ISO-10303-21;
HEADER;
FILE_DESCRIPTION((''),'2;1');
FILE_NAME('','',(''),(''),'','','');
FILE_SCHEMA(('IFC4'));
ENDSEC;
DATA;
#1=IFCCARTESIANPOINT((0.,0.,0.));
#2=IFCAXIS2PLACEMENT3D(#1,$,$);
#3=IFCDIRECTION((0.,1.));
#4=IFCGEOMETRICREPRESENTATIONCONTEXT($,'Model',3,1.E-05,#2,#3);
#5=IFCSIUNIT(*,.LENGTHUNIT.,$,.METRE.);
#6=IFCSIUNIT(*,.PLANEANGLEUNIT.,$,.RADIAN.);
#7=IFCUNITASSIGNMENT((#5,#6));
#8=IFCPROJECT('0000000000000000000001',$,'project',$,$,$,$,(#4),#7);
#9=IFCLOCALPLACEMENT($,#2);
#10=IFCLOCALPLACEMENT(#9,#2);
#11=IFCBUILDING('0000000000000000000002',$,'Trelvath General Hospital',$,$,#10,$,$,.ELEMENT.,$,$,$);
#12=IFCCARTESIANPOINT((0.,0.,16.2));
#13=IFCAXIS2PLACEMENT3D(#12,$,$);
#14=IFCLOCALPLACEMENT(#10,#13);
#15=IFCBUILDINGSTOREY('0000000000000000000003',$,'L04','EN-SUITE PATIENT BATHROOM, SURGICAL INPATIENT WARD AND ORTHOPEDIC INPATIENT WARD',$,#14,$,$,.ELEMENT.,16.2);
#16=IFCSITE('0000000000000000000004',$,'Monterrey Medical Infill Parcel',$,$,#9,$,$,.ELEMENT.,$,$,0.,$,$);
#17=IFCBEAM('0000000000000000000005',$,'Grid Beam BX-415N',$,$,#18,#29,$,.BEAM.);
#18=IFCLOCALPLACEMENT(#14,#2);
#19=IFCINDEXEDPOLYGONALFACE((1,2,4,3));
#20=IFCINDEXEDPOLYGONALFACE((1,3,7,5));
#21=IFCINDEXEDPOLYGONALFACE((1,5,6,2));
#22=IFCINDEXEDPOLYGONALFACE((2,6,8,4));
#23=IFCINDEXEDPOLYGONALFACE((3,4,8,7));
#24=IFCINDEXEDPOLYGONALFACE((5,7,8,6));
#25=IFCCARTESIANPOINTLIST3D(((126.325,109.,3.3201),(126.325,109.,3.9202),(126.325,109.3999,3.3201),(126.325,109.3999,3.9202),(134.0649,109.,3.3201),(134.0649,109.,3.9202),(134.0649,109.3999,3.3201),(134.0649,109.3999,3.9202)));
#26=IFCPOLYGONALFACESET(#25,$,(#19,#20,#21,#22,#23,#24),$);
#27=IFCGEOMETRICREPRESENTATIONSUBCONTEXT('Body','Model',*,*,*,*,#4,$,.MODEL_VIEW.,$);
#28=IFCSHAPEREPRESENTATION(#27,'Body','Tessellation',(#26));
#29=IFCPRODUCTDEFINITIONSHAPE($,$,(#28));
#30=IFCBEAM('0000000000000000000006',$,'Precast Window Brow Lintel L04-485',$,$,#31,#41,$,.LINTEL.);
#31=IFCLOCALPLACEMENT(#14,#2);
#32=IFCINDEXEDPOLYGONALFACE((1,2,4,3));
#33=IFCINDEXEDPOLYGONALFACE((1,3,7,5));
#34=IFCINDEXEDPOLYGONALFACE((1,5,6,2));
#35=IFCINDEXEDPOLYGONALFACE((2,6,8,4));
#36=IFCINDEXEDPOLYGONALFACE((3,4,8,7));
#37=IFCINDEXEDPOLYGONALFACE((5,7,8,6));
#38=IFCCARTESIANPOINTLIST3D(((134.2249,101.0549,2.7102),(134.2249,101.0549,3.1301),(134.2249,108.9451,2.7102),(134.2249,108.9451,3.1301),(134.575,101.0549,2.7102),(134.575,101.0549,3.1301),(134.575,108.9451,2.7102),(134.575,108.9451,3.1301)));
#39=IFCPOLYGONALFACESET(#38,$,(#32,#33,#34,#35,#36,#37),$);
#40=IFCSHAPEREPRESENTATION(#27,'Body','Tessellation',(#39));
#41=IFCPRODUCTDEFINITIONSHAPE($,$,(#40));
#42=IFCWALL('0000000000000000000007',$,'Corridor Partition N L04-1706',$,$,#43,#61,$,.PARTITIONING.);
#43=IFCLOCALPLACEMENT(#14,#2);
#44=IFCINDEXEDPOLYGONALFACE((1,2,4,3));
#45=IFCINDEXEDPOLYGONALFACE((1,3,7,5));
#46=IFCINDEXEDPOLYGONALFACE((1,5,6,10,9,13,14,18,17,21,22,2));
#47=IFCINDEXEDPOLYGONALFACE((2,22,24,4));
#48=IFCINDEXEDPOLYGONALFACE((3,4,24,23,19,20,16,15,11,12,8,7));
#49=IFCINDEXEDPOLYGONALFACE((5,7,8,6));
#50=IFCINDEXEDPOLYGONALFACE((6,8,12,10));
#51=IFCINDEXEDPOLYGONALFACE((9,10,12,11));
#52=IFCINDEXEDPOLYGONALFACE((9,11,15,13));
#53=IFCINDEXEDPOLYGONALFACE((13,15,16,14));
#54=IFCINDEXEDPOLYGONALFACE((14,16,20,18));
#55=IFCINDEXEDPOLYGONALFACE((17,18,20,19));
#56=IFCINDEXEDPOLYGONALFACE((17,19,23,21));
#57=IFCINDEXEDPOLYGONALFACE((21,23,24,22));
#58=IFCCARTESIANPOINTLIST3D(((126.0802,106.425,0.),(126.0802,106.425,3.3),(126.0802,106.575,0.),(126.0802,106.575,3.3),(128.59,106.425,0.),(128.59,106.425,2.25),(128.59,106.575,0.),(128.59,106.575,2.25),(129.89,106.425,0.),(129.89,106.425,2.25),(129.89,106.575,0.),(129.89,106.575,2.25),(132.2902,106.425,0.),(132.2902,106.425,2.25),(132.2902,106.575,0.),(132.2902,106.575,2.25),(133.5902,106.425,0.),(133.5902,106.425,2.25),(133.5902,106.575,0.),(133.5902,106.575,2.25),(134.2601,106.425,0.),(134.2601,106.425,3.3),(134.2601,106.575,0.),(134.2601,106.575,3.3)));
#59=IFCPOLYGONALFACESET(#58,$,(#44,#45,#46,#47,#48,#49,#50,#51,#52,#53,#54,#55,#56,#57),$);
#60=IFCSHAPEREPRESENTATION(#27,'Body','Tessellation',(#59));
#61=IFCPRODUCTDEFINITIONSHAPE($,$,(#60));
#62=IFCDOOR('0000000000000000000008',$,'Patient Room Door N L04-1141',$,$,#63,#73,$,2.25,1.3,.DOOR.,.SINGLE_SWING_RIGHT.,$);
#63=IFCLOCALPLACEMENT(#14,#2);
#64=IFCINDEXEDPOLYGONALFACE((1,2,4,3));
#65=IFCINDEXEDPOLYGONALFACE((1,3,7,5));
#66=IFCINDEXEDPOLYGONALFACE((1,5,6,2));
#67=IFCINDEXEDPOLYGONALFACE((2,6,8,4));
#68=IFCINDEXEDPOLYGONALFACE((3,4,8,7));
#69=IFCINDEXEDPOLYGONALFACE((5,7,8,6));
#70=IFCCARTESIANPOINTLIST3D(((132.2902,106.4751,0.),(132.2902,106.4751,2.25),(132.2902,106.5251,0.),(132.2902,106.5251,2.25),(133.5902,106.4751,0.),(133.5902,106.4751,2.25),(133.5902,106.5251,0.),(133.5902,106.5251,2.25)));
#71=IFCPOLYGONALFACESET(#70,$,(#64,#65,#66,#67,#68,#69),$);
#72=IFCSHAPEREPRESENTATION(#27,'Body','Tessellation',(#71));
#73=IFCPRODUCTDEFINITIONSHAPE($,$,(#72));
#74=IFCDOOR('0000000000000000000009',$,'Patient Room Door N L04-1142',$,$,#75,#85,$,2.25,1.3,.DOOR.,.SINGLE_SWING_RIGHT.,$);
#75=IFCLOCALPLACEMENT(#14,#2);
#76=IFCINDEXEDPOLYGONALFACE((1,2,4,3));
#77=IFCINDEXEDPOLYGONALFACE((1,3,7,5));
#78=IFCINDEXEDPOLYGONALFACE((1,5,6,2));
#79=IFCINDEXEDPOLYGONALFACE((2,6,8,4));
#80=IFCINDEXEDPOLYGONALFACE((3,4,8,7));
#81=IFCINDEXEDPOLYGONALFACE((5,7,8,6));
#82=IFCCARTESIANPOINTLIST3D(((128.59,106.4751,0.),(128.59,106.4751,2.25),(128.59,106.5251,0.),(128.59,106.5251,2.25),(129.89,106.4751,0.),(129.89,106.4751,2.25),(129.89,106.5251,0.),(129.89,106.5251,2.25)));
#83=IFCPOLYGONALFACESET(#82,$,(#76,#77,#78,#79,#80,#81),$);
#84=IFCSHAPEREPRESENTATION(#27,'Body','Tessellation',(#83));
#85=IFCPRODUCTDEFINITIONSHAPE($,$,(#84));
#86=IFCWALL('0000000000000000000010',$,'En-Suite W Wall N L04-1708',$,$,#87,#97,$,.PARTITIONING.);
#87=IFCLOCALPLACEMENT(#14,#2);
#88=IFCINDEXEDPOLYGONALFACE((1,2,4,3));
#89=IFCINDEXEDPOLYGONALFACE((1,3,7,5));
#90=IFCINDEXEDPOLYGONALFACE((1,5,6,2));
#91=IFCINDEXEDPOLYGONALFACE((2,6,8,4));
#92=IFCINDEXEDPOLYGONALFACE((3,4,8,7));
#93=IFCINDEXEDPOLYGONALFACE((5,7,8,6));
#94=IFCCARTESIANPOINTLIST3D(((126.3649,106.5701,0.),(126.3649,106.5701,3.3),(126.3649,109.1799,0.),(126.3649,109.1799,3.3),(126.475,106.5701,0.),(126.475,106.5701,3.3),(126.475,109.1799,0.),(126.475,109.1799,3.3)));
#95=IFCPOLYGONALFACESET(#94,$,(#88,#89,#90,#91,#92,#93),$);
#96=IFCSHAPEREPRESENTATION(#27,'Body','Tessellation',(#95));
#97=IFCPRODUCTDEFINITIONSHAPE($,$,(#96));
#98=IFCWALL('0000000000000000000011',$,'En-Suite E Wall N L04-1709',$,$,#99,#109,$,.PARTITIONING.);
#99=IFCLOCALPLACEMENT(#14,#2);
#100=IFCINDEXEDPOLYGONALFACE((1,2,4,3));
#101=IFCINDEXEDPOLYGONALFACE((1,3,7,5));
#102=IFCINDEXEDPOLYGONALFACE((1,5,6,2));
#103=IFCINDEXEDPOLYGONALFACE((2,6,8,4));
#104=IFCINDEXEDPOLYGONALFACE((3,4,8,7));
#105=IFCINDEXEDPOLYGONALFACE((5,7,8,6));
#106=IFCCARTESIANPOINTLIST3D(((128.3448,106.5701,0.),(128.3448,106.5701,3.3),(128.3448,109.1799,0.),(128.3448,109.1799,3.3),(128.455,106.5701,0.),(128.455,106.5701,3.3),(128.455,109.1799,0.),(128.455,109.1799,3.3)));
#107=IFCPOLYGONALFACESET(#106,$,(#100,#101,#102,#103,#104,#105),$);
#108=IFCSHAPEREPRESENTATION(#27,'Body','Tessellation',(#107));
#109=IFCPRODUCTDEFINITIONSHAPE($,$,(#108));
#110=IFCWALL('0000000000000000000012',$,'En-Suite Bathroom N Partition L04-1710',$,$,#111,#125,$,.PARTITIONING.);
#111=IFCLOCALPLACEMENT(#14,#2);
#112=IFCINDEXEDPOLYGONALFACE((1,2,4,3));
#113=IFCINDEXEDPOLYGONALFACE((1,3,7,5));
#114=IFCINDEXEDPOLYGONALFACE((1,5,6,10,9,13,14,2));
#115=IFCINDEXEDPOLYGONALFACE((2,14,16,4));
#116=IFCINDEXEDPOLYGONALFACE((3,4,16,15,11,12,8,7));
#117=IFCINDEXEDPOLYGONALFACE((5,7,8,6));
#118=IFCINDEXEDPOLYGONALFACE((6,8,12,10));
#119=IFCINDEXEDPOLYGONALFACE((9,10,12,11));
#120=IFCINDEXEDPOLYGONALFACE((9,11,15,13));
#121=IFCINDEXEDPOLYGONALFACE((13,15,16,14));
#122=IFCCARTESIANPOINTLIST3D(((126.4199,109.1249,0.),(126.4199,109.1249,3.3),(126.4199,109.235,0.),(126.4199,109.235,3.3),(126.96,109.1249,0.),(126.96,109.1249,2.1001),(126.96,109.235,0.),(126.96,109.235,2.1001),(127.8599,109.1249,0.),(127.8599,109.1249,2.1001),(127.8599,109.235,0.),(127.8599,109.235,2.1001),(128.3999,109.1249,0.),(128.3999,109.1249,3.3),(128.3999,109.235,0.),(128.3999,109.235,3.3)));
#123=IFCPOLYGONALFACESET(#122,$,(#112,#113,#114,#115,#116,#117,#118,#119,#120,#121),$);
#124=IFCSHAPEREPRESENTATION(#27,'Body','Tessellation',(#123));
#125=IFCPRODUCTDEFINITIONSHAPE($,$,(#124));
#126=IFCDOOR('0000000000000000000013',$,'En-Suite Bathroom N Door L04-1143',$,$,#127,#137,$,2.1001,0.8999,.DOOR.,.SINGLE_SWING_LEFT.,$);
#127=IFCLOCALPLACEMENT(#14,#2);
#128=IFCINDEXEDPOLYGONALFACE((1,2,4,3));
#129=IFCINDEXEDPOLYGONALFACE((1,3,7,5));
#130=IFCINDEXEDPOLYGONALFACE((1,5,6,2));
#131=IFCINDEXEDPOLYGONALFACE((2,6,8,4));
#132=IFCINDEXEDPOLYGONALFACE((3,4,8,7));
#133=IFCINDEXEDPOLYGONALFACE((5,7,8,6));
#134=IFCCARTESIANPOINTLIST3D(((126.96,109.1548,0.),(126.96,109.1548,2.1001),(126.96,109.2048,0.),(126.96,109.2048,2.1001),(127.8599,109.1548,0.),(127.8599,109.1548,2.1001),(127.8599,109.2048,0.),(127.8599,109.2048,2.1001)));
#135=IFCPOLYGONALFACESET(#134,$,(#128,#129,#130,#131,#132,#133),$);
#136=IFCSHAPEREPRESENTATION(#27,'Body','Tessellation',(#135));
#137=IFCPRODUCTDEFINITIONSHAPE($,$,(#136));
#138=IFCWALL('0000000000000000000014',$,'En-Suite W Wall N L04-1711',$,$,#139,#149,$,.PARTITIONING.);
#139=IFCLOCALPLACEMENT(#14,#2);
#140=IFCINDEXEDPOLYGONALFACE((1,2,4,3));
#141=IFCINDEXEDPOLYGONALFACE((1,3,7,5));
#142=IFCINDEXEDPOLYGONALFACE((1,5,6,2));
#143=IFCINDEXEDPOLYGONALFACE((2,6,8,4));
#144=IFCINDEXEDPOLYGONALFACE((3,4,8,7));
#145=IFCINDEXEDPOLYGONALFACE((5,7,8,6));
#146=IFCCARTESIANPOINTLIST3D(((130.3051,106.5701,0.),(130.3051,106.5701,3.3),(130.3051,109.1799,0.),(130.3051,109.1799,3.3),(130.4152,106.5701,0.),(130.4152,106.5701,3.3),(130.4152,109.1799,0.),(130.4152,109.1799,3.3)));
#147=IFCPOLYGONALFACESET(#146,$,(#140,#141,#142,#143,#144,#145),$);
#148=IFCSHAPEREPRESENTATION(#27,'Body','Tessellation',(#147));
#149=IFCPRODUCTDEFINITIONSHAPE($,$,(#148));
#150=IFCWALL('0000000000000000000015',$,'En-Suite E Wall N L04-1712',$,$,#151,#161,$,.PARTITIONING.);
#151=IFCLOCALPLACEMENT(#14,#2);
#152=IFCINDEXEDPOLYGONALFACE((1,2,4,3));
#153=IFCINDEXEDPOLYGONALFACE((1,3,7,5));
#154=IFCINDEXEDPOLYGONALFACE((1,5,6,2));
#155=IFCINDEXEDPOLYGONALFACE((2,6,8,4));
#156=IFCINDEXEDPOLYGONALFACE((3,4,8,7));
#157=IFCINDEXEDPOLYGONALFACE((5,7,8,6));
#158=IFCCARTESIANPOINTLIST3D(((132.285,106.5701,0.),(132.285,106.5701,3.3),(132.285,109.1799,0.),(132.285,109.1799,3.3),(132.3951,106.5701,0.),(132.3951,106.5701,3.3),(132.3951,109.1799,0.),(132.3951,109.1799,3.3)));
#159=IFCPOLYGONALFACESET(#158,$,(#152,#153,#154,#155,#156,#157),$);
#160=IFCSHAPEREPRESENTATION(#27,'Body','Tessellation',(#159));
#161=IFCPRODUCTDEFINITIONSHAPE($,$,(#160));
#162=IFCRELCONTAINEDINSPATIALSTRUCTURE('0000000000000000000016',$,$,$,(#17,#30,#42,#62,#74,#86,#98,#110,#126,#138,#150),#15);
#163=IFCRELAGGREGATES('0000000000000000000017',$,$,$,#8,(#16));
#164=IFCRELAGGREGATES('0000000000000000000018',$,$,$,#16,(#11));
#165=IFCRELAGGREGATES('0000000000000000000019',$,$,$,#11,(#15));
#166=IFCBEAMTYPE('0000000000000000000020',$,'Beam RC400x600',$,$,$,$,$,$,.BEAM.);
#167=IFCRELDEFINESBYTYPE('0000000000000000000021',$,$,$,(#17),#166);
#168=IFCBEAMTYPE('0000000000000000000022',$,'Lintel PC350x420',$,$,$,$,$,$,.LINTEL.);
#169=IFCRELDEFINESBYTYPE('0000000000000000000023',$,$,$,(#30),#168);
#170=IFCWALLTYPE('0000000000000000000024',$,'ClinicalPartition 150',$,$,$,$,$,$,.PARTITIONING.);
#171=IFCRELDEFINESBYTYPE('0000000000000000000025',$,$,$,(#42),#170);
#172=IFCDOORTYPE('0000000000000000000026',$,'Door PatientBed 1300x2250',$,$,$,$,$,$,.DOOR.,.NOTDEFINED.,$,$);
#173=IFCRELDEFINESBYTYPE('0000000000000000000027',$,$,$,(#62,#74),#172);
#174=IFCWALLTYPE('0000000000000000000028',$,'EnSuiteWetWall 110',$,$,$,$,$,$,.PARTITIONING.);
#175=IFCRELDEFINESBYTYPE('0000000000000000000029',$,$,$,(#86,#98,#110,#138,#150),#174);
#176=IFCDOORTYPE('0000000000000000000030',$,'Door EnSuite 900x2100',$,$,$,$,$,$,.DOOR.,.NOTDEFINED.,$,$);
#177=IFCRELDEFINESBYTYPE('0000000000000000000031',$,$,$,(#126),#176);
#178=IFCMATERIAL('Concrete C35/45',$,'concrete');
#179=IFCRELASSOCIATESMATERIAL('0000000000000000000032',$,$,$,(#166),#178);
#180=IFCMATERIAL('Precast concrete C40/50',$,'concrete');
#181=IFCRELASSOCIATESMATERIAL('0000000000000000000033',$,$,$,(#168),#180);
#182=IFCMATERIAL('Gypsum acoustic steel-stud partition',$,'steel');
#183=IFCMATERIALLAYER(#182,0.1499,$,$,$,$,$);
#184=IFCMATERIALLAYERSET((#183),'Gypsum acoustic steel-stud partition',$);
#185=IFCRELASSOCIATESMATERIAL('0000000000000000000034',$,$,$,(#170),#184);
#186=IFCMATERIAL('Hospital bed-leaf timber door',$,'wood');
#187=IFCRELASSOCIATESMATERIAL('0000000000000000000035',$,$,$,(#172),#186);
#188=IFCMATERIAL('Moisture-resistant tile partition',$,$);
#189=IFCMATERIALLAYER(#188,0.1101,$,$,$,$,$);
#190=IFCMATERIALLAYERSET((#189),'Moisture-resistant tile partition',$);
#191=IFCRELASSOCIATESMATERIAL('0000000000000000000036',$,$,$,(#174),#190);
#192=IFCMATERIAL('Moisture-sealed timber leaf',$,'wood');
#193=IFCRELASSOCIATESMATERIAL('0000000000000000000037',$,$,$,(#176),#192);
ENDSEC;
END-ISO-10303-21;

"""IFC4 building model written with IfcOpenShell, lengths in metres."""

from ifc_helpers import new_model, si_unit, direction, frame, frame_2d, origin, origin_2d, place, context, subcontext, project, spatial, rectangle, extrude, material, layer, layer_set, material_profile, profile_set, type_object, element, fill, save


model = new_model("IFC4")

# Units and contexts
model_context = context("Model", 3, precision=1e-05, world=origin(), true_north=direction((0.0, 1.0)))
body_context = subcontext(model_context, "Body", "Model", "MODEL_VIEW")
ifc_project = project(units=[si_unit("LENGTHUNIT", "METRE"), si_unit("PLANEANGLEUNIT", "RADIAN")], contexts=[model_context])

# Site, building, storey
site_placement = place(None, origin())
site = spatial("IfcSite", under=ifc_project, at=site_placement, Name="Monterrey Medical Infill Parcel", CompositionType="ELEMENT", RefElevation=0.0)
building_placement = place(site_placement, origin())
building = spatial("IfcBuilding", under=site, at=building_placement, Name="Trelvath General Hospital", CompositionType="ELEMENT")
storey_placement = place(building_placement, frame((0.0, 0.0, 16.2)))
storey = spatial("IfcBuildingStorey", under=building, at=storey_placement, Name="L04", Description="EN-SUITE PATIENT BATHROOM, SURGICAL INPATIENT WARD AND ORTHOPEDIC INPATIENT WARD", CompositionType="ELEMENT", Elevation=16.2)

# Beams
ifc_material_1 = material(Name="Concrete C35/45", Category="concrete")
ifc_material_profile_1 = material_profile(ifc_material_1, rectangle(XDim=0.3999, YDim=0.6001, at=origin_2d()), Name="RCB400x600")
ifc_profile_set_1 = profile_set([ifc_material_profile_1], Name="Concrete C35/45")
beam_type_1 = type_object("IfcBeamType", Name="Beam RC400x600", PredefinedType="BEAM", material=ifc_profile_set_1)
beam_1_placement = place(storey_placement, frame((126.325, 109.2, 3.6201), z_axis=(1.0, 0.0, 0.0), x_axis=(0.0, 1.0, 0.0)))
element("IfcBeam", 1, at=beam_1_placement, inside=storey, type_object=beam_type_1, Name="Grid Beam BX-415N", PredefinedType="BEAM", context=body_context, shape_type="SweptSolid", body=[
    extrude(rectangle(XDim=0.3999, YDim=0.6001, at=origin_2d()), origin(), (0.0, 0.0, 1.0), 7.74),
])
ifc_material_2 = material(Name="Precast concrete C40/50", Category="concrete")
ifc_material_profile_2 = material_profile(ifc_material_2, rectangle(XDim=0.3501, YDim=0.4199, at=origin_2d()), Name="PCL350x420")
ifc_profile_set_2 = profile_set([ifc_material_profile_2], Name="Precast concrete C40/50")
beam_type_2 = type_object("IfcBeamType", Name="Lintel PC350x420", PredefinedType="LINTEL", material=ifc_profile_set_2)
beam_2_placement = place(storey_placement, frame((134.3999, 108.9451, 2.9202), z_axis=(0.0, -1.0, 0.0), x_axis=(1.0, 0.0, 0.0)))
element("IfcBeam", 2, at=beam_2_placement, inside=storey, type_object=beam_type_2, Name="Precast Window Brow Lintel L04-485", PredefinedType="LINTEL", context=body_context, shape_type="SweptSolid", body=[
    extrude(rectangle(XDim=0.3501, YDim=0.4199, at=origin_2d()), origin(), (0.0, 0.0, 1.0), 7.8901),
])

# Wall, openings, doors
ifc_material_3 = material(Name="Gypsum acoustic steel-stud partition", Category="steel")
ifc_layer_1 = layer(ifc_material_3, 0.1499)
ifc_layer_set_1 = layer_set([ifc_layer_1], Name="Gypsum acoustic steel-stud partition")
wall_type_1 = type_object("IfcWallType", Name="ClinicalPartition 150", PredefinedType="PARTITIONING", material=ifc_layer_set_1)
wall_1_placement = place(storey_placement, frame((134.26, 106.5, 0.0), z_axis=(0.0, 0.0, 1.0), x_axis=(-1.0, 0.0, 0.0)))
wall_1 = element("IfcWall", 3, at=wall_1_placement, inside=storey, type_object=wall_type_1, Name="Corridor Partition N L04-1706", PredefinedType="PARTITIONING", context=body_context, shape_type="SweptSolid", body=[
    extrude(rectangle(XDim=8.1799, YDim=0.1499, at=frame_2d((4.0898, 0.0))), origin(), (0.0, 0.0, 1.0), 3.3),
])
opening_1_placement = place(wall_1_placement, frame((0.6699, 0.0, 0.0)))
opening_1 = element("IfcOpeningElement", 4, at=opening_1_placement, cuts=wall_1, PredefinedType="OPENING", context=body_context, shape_type="SweptSolid", body=[
    extrude(rectangle(XDim=1.3, YDim=2.25, at=frame_2d((0.6499, 1.125))), frame((0.0, 0.085, 0.0), z_axis=(0.0, -1.0, 0.0), x_axis=(1.0, 0.0, 0.0)), (0.0, 0.0, 1.0), 0.1699),
])
opening_2_placement = place(wall_1_placement, frame((4.3701, 0.0, 0.0)))
opening_2 = element("IfcOpeningElement", 5, at=opening_2_placement, cuts=wall_1, PredefinedType="OPENING", context=body_context, shape_type="SweptSolid", body=[
    extrude(rectangle(XDim=1.3, YDim=2.25, at=frame_2d((0.6499, 1.125))), frame((0.0, 0.085, 0.0), z_axis=(0.0, -1.0, 0.0), x_axis=(1.0, 0.0, 0.0)), (0.0, 0.0, 1.0), 0.1699),
])
ifc_material_4 = material(Name="Hospital bed-leaf timber door", Category="wood")
door_type_1 = type_object("IfcDoorType", Name="Door PatientBed 1300x2250", OperationType="NOTDEFINED", PredefinedType="DOOR", material=ifc_material_4)
door_1_placement = place(opening_1_placement, origin())
door_1 = element("IfcDoor", 6, at=door_1_placement, inside=storey, type_object=door_type_1, Name="Patient Room Door N L04-1141", OperationType="SINGLE_SWING_RIGHT", OverallHeight=2.25, OverallWidth=1.3, PredefinedType="DOOR", context=body_context, shape_type="SweptSolid", body=[
    extrude(rectangle(XDim=1.3, YDim=2.25, at=frame_2d((0.6499, 1.125))), frame((0.0, 0.0249, 0.0), z_axis=(0.0, -1.0, 0.0), x_axis=(1.0, 0.0, 0.0)), (0.0, 0.0, 1.0), 0.05),
])
fill(opening_1, door_1)
door_2_placement = place(opening_2_placement, origin())
door_2 = element("IfcDoor", 7, at=door_2_placement, inside=storey, type_object=door_type_1, Name="Patient Room Door N L04-1142", OperationType="SINGLE_SWING_RIGHT", OverallHeight=2.25, OverallWidth=1.3, PredefinedType="DOOR", context=body_context, shape_type="SweptSolid", body=[
    extrude(rectangle(XDim=1.3, YDim=2.25, at=frame_2d((0.6499, 1.125))), frame((0.0, 0.0249, 0.0), z_axis=(0.0, -1.0, 0.0), x_axis=(1.0, 0.0, 0.0)), (0.0, 0.0, 1.0), 0.05),
])
fill(opening_2, door_2)

# Walls
ifc_material_5 = material(Name="Moisture-resistant tile partition")
ifc_layer_2 = layer(ifc_material_5, 0.1101)
ifc_layer_set_2 = layer_set([ifc_layer_2], Name="Moisture-resistant tile partition")
wall_type_2 = type_object("IfcWallType", Name="EnSuiteWetWall 110", PredefinedType="PARTITIONING", material=ifc_layer_set_2)
for number, where, z_axis, x_axis, name in (
    (8, (126.4199, 106.5701, 0.0), (0.0, 0.0, 1.0), (0.0, 1.0, 0.0), "En-Suite W Wall N L04-1708"),
    (9, (128.3999, 106.5701, 0.0), (0.0, 0.0, 1.0), (0.0, 1.0, 0.0), "En-Suite E Wall N L04-1709"),
):
    element("IfcWall", number, at=place(storey_placement, frame(where, z_axis=z_axis, x_axis=x_axis)), inside=storey, type_object=wall_type_2, Name=name, PredefinedType="PARTITIONING", context=body_context, shape_type="SweptSolid", body=[
        extrude(rectangle(XDim=2.6099, YDim=0.1101, at=frame_2d((1.3049, 0.0))), origin(), (0.0, 0.0, 1.0), 3.3),
    ])

# Wall, opening, door
wall_2_placement = place(storey_placement, frame((126.4199, 109.1799, 0.0), z_axis=(0.0, 0.0, 1.0), x_axis=(1.0, 0.0, 0.0)))
wall_2 = element("IfcWall", 10, at=wall_2_placement, inside=storey, type_object=wall_type_2, Name="En-Suite Bathroom N Partition L04-1710", PredefinedType="PARTITIONING", context=body_context, shape_type="SweptSolid", body=[
    extrude(rectangle(XDim=1.98, YDim=0.1101, at=frame_2d((0.99, 0.0))), origin(), (0.0, 0.0, 1.0), 3.3),
])
opening_3_placement = place(wall_2_placement, frame((0.54, 0.0, 0.0)))
opening_3 = element("IfcOpeningElement", 11, at=opening_3_placement, cuts=wall_2, PredefinedType="OPENING", context=body_context, shape_type="SweptSolid", body=[
    extrude(rectangle(XDim=0.8999, YDim=2.1001, at=frame_2d((0.45, 1.05))), frame((0.0, 0.0649, 0.0), z_axis=(0.0, -1.0, 0.0), x_axis=(1.0, 0.0, 0.0)), (0.0, 0.0, 1.0), 0.1301),
])
ifc_material_6 = material(Name="Moisture-sealed timber leaf", Category="wood")
door_type_2 = type_object("IfcDoorType", Name="Door EnSuite 900x2100", OperationType="NOTDEFINED", PredefinedType="DOOR", material=ifc_material_6)
door_3_placement = place(opening_3_placement, origin())
door_3 = element("IfcDoor", 12, at=door_3_placement, inside=storey, type_object=door_type_2, Name="En-Suite Bathroom N Door L04-1143", OperationType="SINGLE_SWING_LEFT", OverallHeight=2.1001, OverallWidth=0.8999, PredefinedType="DOOR", context=body_context, shape_type="SweptSolid", body=[
    extrude(rectangle(XDim=0.8999, YDim=2.1001, at=frame_2d((0.45, 1.05))), frame((0.0, 0.0249, 0.0), z_axis=(0.0, -1.0, 0.0), x_axis=(1.0, 0.0, 0.0)), (0.0, 0.0, 1.0), 0.05),
])
fill(opening_3, door_3)

# Walls
for number, where, z_axis, x_axis, name in (
    (13, (130.3601, 106.5701, 0.0), (0.0, 0.0, 1.0), (0.0, 1.0, 0.0), "En-Suite W Wall N L04-1711"),
    (14, (132.3401, 106.5701, 0.0), (0.0, 0.0, 1.0), (0.0, 1.0, 0.0), "En-Suite E Wall N L04-1712"),
):
    element("IfcWall", number, at=place(storey_placement, frame(where, z_axis=z_axis, x_axis=x_axis)), inside=storey, type_object=wall_type_2, Name=name, PredefinedType="PARTITIONING", context=body_context, shape_type="SweptSolid", body=[
        extrude(rectangle(XDim=2.6099, YDim=0.1101, at=frame_2d((1.3049, 0.0))), origin(), (0.0, 0.0, 1.0), 3.3),
    ])

save(model, "model.ifc")
